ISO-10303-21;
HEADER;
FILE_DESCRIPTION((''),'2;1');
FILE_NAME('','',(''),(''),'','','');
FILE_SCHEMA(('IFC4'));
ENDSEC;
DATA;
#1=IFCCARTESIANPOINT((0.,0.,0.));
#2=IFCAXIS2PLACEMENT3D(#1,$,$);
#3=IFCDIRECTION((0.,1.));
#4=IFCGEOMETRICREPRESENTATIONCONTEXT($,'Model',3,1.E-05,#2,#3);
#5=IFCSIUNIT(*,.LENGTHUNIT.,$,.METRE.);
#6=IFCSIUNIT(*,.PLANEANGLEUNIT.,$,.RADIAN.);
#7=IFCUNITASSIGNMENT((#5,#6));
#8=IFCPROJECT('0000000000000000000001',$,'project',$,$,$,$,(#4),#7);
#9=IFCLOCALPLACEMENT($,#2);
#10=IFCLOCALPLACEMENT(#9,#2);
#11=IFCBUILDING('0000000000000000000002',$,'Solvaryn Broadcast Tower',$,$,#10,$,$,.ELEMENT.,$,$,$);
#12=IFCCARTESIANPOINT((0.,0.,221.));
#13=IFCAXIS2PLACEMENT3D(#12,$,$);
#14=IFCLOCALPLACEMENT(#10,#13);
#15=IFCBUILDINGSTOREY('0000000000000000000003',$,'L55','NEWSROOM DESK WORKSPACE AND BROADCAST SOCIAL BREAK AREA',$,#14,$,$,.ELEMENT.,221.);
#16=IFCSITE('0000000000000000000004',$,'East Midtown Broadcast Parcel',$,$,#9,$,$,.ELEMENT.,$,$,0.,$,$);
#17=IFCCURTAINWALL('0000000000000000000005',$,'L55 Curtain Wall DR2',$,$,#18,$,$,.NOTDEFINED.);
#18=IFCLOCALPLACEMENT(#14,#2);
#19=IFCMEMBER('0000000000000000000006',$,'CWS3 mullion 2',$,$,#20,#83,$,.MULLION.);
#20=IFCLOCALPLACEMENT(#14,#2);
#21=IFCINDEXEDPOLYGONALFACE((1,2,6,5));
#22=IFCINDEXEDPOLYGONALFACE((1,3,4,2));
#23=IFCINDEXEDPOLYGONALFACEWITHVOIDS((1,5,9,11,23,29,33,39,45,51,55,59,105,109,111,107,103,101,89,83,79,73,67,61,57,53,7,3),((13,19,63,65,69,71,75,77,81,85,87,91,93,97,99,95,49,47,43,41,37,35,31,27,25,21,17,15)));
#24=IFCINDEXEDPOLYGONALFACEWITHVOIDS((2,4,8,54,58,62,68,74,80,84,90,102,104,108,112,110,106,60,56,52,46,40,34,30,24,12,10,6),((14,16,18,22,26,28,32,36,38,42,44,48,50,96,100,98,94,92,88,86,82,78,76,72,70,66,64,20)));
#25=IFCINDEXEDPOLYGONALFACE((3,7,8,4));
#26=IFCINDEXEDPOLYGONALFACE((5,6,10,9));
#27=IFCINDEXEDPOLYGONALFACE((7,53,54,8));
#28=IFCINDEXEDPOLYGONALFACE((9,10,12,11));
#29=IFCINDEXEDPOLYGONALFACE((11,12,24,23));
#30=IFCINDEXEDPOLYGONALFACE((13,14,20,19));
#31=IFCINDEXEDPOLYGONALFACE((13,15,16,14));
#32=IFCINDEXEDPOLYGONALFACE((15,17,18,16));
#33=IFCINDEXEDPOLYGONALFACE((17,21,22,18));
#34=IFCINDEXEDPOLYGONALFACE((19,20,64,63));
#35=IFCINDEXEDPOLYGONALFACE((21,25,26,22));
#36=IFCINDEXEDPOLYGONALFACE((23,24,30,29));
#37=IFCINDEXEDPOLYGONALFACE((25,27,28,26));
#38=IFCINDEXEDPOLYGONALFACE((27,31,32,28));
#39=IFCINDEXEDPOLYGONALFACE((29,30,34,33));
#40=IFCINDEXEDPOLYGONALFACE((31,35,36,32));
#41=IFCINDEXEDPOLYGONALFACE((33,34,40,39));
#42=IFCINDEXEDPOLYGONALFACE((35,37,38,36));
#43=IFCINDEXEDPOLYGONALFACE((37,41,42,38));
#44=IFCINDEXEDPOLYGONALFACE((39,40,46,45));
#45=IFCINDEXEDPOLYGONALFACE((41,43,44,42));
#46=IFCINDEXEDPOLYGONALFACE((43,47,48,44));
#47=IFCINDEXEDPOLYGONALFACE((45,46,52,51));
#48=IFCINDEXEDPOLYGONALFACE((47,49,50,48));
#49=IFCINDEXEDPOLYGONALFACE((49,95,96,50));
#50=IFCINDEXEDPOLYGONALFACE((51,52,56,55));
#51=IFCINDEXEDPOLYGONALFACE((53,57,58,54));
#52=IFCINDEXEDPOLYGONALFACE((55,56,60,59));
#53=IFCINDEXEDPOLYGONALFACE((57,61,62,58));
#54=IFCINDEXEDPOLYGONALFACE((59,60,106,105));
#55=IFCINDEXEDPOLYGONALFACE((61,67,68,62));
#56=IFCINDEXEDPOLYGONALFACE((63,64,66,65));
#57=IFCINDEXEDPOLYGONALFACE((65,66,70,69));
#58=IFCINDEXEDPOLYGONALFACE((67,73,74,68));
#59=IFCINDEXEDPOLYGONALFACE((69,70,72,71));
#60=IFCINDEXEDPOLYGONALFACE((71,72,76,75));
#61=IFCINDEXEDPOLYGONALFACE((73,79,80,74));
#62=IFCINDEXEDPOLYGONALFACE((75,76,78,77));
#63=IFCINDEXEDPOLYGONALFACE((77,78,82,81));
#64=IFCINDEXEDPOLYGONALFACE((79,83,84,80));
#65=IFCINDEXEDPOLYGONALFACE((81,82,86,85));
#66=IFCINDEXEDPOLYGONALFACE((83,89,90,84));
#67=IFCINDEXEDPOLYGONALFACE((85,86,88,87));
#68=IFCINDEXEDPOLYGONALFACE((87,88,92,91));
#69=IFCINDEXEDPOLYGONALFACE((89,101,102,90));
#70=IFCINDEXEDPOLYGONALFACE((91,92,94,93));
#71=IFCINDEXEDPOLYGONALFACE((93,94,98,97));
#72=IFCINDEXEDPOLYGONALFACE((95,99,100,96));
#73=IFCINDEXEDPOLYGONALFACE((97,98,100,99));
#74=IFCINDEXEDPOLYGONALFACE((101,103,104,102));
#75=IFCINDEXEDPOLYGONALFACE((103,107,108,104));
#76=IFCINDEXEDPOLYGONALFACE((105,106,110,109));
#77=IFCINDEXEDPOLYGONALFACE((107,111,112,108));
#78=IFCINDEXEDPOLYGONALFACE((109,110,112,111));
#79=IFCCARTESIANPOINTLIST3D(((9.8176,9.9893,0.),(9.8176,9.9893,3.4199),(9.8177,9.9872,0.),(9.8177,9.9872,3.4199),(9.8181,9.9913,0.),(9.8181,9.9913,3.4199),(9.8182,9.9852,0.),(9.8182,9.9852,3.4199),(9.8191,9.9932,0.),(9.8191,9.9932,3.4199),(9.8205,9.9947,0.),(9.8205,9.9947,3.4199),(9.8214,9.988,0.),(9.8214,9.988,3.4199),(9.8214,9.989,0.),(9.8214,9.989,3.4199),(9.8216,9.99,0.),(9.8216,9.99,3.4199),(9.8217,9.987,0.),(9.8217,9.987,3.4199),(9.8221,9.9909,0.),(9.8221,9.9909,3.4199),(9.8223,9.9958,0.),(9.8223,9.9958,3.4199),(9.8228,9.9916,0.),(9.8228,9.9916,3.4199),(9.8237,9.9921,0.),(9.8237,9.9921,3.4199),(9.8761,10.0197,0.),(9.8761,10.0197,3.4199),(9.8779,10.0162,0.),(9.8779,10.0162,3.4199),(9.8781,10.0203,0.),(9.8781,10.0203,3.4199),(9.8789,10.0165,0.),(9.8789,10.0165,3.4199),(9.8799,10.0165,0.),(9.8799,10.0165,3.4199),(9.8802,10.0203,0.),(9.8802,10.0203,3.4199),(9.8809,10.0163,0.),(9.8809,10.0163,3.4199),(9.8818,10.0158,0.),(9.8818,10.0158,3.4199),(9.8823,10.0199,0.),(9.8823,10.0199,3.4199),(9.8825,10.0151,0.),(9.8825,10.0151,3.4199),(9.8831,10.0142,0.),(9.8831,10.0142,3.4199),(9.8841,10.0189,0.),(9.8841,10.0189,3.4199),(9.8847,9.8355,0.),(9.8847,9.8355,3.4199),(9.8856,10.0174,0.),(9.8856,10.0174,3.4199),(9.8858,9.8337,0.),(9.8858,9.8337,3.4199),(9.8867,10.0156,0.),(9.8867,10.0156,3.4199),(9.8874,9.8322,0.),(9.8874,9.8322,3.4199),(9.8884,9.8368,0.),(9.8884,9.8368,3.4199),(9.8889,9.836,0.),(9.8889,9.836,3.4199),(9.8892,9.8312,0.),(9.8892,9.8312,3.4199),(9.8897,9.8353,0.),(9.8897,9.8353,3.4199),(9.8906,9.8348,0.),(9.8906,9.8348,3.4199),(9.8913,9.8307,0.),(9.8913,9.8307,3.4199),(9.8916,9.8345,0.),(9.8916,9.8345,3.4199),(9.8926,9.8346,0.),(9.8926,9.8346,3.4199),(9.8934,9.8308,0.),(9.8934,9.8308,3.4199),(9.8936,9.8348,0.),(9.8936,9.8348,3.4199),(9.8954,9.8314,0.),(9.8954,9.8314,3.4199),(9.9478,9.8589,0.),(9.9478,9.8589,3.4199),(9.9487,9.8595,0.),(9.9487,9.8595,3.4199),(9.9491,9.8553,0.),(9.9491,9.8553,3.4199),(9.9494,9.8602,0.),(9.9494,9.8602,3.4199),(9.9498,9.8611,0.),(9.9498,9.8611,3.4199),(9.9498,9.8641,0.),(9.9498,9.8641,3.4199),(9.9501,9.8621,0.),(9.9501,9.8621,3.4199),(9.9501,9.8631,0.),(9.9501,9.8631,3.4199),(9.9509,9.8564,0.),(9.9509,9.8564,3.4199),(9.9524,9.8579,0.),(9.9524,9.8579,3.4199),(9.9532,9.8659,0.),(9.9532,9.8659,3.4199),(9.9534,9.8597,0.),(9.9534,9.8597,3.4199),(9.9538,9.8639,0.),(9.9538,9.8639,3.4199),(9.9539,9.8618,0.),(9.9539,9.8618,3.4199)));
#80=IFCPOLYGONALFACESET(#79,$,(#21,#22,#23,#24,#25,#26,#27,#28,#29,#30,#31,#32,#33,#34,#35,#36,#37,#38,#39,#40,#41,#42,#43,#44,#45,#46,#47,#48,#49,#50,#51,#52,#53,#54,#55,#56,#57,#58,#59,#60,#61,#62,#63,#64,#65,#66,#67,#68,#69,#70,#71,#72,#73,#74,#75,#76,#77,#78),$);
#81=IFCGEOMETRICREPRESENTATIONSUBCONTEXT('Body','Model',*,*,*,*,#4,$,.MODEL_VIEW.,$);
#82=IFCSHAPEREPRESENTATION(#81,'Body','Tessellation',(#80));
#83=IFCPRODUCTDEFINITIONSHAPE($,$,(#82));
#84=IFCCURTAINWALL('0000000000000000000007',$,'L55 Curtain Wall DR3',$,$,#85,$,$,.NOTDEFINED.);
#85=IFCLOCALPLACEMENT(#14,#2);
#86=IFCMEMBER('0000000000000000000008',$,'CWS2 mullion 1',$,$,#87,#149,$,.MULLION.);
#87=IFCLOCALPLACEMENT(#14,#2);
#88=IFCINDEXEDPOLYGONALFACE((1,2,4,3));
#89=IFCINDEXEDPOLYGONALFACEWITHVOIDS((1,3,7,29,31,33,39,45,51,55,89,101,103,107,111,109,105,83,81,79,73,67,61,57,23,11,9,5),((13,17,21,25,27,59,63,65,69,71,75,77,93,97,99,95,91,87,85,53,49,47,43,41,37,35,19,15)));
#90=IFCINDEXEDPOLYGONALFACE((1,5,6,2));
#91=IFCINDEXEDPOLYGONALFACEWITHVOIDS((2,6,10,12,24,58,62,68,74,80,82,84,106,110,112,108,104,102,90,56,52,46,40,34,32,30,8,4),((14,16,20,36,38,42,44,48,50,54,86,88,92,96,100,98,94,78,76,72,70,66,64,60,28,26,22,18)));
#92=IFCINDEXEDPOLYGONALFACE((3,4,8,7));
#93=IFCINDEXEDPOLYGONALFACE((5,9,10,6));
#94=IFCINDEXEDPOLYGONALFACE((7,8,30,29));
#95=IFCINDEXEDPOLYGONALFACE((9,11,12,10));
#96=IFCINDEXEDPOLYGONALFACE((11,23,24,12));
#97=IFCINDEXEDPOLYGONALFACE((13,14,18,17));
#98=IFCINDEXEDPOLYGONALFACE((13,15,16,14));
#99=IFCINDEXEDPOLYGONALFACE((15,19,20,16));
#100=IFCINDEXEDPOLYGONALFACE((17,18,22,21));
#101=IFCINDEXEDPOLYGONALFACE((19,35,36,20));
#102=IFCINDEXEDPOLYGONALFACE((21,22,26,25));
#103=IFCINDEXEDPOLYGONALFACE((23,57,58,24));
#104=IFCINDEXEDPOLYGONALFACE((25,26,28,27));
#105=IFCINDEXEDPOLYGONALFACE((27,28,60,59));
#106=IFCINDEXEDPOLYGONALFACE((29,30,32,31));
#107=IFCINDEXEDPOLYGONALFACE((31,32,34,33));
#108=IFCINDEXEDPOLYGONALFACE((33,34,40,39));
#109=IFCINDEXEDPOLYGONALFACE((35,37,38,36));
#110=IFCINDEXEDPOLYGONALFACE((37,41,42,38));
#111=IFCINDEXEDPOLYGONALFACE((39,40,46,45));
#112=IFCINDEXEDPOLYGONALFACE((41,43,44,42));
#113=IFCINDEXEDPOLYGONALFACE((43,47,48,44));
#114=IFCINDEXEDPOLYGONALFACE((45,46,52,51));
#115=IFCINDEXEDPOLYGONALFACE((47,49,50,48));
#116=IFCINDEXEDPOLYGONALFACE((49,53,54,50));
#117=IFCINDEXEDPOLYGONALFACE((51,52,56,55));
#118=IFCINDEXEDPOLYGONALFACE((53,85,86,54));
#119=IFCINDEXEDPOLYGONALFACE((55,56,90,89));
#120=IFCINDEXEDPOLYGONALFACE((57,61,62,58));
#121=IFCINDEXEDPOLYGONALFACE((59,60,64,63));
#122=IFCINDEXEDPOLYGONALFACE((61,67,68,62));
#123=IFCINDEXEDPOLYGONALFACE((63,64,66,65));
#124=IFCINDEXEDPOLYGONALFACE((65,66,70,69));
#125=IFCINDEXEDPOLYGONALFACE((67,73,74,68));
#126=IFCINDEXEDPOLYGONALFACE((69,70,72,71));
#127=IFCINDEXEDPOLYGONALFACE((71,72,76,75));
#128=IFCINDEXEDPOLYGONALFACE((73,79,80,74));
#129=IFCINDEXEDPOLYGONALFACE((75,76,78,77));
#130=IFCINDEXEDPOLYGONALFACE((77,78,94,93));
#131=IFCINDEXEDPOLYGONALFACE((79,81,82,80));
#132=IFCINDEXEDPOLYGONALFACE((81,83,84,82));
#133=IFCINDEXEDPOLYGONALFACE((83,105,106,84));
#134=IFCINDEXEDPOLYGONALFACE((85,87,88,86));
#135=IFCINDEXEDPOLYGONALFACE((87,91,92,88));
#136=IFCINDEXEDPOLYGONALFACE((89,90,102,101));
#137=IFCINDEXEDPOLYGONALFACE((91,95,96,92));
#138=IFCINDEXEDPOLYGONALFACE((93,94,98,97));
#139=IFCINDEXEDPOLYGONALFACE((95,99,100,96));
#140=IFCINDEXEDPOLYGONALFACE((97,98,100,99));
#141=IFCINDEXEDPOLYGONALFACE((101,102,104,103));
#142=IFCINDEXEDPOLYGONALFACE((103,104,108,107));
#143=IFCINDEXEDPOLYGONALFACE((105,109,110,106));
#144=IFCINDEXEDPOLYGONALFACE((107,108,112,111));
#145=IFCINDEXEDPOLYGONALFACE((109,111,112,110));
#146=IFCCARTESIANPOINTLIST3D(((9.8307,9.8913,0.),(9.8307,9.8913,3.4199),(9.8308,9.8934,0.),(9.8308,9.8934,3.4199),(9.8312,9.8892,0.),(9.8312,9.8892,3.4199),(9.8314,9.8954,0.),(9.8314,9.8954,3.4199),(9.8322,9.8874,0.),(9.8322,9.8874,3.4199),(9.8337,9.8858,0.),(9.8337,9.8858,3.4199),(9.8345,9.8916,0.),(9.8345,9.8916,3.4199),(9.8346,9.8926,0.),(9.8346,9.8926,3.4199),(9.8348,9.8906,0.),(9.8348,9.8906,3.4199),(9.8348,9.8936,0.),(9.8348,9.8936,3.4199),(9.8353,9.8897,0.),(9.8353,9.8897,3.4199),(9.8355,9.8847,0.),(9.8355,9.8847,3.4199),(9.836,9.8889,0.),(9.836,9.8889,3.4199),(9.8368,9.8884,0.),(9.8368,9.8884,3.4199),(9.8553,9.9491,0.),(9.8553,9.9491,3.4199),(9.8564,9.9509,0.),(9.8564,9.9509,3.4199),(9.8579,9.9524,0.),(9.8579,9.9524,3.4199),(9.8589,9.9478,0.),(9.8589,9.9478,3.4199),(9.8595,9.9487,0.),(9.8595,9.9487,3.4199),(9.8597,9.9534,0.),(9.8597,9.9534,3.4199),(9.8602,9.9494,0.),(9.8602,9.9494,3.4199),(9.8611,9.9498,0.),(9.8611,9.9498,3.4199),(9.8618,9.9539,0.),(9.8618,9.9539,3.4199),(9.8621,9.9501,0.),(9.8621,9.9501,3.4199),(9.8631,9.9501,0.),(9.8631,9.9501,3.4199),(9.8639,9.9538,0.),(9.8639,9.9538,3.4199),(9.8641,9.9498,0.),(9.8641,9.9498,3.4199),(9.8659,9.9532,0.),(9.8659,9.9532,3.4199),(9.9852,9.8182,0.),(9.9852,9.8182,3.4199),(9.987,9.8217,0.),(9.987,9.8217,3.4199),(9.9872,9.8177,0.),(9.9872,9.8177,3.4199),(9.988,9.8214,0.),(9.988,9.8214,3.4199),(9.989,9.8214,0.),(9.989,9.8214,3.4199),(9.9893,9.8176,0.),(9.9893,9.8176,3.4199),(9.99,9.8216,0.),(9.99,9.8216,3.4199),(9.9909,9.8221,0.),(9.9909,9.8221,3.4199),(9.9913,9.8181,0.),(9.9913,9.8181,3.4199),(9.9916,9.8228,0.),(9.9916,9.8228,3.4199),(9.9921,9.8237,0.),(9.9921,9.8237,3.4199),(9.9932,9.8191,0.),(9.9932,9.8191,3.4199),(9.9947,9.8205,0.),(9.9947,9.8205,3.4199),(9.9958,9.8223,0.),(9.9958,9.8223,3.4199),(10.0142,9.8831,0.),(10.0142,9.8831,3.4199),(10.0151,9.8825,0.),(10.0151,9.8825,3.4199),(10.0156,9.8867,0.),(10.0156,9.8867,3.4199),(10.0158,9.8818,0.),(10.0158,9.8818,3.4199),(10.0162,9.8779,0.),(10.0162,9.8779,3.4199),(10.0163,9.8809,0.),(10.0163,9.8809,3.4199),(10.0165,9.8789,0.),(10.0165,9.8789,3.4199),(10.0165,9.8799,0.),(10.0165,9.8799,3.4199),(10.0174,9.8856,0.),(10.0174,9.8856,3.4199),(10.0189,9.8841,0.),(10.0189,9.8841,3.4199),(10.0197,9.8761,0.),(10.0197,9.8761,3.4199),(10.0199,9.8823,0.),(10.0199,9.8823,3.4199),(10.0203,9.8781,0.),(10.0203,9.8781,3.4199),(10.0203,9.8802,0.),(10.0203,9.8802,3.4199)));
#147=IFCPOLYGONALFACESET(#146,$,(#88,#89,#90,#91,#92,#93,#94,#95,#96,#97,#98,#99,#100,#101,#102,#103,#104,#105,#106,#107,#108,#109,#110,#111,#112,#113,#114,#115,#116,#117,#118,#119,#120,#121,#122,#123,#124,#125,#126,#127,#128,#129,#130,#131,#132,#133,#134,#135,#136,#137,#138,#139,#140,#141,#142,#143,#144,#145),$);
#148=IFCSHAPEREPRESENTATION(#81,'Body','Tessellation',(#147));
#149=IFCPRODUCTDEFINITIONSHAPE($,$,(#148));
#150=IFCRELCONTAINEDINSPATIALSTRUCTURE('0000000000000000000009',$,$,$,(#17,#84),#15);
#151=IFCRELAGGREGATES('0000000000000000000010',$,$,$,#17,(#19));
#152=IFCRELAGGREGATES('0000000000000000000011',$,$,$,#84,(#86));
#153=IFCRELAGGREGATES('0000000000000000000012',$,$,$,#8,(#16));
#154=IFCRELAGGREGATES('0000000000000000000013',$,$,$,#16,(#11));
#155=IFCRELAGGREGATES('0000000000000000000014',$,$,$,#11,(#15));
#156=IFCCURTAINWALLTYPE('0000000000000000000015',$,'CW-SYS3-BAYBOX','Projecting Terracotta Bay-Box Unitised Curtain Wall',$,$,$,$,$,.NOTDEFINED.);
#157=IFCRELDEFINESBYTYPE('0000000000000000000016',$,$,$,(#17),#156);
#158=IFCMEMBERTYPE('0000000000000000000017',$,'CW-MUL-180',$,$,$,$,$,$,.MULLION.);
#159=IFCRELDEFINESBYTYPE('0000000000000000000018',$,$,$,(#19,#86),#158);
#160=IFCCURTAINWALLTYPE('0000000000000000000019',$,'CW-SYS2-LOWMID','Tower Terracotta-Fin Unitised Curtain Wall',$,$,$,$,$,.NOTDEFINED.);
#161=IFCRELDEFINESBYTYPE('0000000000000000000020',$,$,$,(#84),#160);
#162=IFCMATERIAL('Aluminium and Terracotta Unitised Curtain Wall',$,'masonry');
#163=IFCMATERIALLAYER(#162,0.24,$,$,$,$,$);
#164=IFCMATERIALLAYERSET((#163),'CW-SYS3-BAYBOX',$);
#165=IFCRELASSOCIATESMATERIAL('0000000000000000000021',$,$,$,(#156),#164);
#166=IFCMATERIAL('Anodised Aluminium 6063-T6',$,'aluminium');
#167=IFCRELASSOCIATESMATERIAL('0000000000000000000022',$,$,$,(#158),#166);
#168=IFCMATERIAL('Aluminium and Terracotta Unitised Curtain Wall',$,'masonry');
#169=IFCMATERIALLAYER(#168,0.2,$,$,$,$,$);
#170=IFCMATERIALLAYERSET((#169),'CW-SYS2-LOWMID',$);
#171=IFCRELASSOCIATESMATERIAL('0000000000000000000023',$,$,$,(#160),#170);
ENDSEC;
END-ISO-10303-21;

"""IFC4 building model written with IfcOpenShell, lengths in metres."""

from ifc_helpers import new_model, si_unit, direction, frame, origin, origin_2d, place, context, subcontext, project, spatial, hollow_rectangle, extrude, material, layer, layer_set, material_profile, profile_set, type_object, element, aggregate, save


model = new_model("IFC4")

# Units and contexts
model_context = context("Model", 3, precision=1e-05, world=origin(), true_north=direction((0.0, 1.0)))
body_context = subcontext(model_context, "Body", "Model", "MODEL_VIEW")
ifc_project = project(units=[si_unit("LENGTHUNIT", "METRE"), si_unit("PLANEANGLEUNIT", "RADIAN")], contexts=[model_context])

# Site, building, storey
site_placement = place(None, origin())
site = spatial("IfcSite", under=ifc_project, at=site_placement, Name="East Midtown Broadcast Parcel", CompositionType="ELEMENT", RefElevation=0.0)
building_placement = place(site_placement, origin())
building = spatial("IfcBuilding", under=site, at=building_placement, Name="Solvaryn Broadcast Tower", CompositionType="ELEMENT")
storey_placement = place(building_placement, frame((0.0, 0.0, 221.0)))
storey = spatial("IfcBuildingStorey", under=building, at=storey_placement, Name="L55", Description="NEWSROOM DESK WORKSPACE AND BROADCAST SOCIAL BREAK AREA", CompositionType="ELEMENT", Elevation=221.0)

# Curtain wall, member
ifc_material_1 = material(Name="Aluminium and Terracotta Unitised Curtain Wall", Category="masonry")
ifc_layer_1 = layer(ifc_material_1, 0.24)
ifc_layer_set_1 = layer_set([ifc_layer_1], Name="CW-SYS3-BAYBOX")
curtain_wall_type_1 = type_object("IfcCurtainWallType", Name="CW-SYS3-BAYBOX", Description="Projecting Terracotta Bay-Box Unitised Curtain Wall", PredefinedType="NOTDEFINED", material=ifc_layer_set_1)
curtain_wall_1_placement = place(storey_placement, origin())
curtain_wall_1 = element("IfcCurtainWall", 1, at=curtain_wall_1_placement, inside=storey, type_object=curtain_wall_type_1, Name="L55 Curtain Wall DR2", PredefinedType="NOTDEFINED")
ifc_material_2 = material(Name="Anodised Aluminium 6063-T6", Category="aluminium")
ifc_material_profile_1 = material_profile(ifc_material_2, hollow_rectangle(XDim=0.075, YDim=0.1799, WallThickness=0.0039, InnerFilletRadius=0.0039, OuterFilletRadius=0.0081, at=origin_2d()))
ifc_profile_set_1 = profile_set([ifc_material_profile_1], Name="Anodised Aluminium 6063-T6")
member_type_1 = type_object("IfcMemberType", Name="CW-MUL-180", PredefinedType="MULLION", material=ifc_profile_set_1)
member_1_placement = place(storey_placement, frame((9.8857, 9.9255, 0.0), z_axis=(0.0, 0.0, 1.0), x_axis=(0.913917, 0.405901, 0.0)))
member_1 = element("IfcMember", 2, at=member_1_placement, type_object=member_type_1, Name="CWS3 mullion 2", PredefinedType="MULLION", context=body_context, shape_type="SweptSolid", body=[
    extrude(hollow_rectangle(XDim=0.075, YDim=0.1799, WallThickness=0.0039, InnerFilletRadius=0.0039, OuterFilletRadius=0.0081, at=origin_2d()), origin(), (0.0, 0.0, 1.0), 3.4199),
])
aggregate(curtain_wall_1, [member_1])

# Curtain wall, member
ifc_material_3 = material(Name="Aluminium and Terracotta Unitised Curtain Wall", Category="masonry")
ifc_layer_2 = layer(ifc_material_3, 0.2)
ifc_layer_set_2 = layer_set([ifc_layer_2], Name="CW-SYS2-LOWMID")
curtain_wall_type_2 = type_object("IfcCurtainWallType", Name="CW-SYS2-LOWMID", Description="Tower Terracotta-Fin Unitised Curtain Wall", PredefinedType="NOTDEFINED", material=ifc_layer_set_2)
curtain_wall_2_placement = place(storey_placement, origin())
curtain_wall_2 = element("IfcCurtainWall", 3, at=curtain_wall_2_placement, inside=storey, type_object=curtain_wall_type_2, Name="L55 Curtain Wall DR3", PredefinedType="NOTDEFINED")
member_2_placement = place(storey_placement, frame((9.9255, 9.8857, 0.0), z_axis=(0.0, 0.0, 1.0), x_axis=(0.405901, 0.913917, 0.0)))
member_2 = element("IfcMember", 4, at=member_2_placement, type_object=member_type_1, Name="CWS2 mullion 1", PredefinedType="MULLION", context=body_context, shape_type="SweptSolid", body=[
    extrude(hollow_rectangle(XDim=0.075, YDim=0.1799, WallThickness=0.0039, InnerFilletRadius=0.0039, OuterFilletRadius=0.0081, at=origin_2d()), origin(), (0.0, 0.0, 1.0), 3.4199),
])
aggregate(curtain_wall_2, [member_2])

save(model, "model.ifc")
